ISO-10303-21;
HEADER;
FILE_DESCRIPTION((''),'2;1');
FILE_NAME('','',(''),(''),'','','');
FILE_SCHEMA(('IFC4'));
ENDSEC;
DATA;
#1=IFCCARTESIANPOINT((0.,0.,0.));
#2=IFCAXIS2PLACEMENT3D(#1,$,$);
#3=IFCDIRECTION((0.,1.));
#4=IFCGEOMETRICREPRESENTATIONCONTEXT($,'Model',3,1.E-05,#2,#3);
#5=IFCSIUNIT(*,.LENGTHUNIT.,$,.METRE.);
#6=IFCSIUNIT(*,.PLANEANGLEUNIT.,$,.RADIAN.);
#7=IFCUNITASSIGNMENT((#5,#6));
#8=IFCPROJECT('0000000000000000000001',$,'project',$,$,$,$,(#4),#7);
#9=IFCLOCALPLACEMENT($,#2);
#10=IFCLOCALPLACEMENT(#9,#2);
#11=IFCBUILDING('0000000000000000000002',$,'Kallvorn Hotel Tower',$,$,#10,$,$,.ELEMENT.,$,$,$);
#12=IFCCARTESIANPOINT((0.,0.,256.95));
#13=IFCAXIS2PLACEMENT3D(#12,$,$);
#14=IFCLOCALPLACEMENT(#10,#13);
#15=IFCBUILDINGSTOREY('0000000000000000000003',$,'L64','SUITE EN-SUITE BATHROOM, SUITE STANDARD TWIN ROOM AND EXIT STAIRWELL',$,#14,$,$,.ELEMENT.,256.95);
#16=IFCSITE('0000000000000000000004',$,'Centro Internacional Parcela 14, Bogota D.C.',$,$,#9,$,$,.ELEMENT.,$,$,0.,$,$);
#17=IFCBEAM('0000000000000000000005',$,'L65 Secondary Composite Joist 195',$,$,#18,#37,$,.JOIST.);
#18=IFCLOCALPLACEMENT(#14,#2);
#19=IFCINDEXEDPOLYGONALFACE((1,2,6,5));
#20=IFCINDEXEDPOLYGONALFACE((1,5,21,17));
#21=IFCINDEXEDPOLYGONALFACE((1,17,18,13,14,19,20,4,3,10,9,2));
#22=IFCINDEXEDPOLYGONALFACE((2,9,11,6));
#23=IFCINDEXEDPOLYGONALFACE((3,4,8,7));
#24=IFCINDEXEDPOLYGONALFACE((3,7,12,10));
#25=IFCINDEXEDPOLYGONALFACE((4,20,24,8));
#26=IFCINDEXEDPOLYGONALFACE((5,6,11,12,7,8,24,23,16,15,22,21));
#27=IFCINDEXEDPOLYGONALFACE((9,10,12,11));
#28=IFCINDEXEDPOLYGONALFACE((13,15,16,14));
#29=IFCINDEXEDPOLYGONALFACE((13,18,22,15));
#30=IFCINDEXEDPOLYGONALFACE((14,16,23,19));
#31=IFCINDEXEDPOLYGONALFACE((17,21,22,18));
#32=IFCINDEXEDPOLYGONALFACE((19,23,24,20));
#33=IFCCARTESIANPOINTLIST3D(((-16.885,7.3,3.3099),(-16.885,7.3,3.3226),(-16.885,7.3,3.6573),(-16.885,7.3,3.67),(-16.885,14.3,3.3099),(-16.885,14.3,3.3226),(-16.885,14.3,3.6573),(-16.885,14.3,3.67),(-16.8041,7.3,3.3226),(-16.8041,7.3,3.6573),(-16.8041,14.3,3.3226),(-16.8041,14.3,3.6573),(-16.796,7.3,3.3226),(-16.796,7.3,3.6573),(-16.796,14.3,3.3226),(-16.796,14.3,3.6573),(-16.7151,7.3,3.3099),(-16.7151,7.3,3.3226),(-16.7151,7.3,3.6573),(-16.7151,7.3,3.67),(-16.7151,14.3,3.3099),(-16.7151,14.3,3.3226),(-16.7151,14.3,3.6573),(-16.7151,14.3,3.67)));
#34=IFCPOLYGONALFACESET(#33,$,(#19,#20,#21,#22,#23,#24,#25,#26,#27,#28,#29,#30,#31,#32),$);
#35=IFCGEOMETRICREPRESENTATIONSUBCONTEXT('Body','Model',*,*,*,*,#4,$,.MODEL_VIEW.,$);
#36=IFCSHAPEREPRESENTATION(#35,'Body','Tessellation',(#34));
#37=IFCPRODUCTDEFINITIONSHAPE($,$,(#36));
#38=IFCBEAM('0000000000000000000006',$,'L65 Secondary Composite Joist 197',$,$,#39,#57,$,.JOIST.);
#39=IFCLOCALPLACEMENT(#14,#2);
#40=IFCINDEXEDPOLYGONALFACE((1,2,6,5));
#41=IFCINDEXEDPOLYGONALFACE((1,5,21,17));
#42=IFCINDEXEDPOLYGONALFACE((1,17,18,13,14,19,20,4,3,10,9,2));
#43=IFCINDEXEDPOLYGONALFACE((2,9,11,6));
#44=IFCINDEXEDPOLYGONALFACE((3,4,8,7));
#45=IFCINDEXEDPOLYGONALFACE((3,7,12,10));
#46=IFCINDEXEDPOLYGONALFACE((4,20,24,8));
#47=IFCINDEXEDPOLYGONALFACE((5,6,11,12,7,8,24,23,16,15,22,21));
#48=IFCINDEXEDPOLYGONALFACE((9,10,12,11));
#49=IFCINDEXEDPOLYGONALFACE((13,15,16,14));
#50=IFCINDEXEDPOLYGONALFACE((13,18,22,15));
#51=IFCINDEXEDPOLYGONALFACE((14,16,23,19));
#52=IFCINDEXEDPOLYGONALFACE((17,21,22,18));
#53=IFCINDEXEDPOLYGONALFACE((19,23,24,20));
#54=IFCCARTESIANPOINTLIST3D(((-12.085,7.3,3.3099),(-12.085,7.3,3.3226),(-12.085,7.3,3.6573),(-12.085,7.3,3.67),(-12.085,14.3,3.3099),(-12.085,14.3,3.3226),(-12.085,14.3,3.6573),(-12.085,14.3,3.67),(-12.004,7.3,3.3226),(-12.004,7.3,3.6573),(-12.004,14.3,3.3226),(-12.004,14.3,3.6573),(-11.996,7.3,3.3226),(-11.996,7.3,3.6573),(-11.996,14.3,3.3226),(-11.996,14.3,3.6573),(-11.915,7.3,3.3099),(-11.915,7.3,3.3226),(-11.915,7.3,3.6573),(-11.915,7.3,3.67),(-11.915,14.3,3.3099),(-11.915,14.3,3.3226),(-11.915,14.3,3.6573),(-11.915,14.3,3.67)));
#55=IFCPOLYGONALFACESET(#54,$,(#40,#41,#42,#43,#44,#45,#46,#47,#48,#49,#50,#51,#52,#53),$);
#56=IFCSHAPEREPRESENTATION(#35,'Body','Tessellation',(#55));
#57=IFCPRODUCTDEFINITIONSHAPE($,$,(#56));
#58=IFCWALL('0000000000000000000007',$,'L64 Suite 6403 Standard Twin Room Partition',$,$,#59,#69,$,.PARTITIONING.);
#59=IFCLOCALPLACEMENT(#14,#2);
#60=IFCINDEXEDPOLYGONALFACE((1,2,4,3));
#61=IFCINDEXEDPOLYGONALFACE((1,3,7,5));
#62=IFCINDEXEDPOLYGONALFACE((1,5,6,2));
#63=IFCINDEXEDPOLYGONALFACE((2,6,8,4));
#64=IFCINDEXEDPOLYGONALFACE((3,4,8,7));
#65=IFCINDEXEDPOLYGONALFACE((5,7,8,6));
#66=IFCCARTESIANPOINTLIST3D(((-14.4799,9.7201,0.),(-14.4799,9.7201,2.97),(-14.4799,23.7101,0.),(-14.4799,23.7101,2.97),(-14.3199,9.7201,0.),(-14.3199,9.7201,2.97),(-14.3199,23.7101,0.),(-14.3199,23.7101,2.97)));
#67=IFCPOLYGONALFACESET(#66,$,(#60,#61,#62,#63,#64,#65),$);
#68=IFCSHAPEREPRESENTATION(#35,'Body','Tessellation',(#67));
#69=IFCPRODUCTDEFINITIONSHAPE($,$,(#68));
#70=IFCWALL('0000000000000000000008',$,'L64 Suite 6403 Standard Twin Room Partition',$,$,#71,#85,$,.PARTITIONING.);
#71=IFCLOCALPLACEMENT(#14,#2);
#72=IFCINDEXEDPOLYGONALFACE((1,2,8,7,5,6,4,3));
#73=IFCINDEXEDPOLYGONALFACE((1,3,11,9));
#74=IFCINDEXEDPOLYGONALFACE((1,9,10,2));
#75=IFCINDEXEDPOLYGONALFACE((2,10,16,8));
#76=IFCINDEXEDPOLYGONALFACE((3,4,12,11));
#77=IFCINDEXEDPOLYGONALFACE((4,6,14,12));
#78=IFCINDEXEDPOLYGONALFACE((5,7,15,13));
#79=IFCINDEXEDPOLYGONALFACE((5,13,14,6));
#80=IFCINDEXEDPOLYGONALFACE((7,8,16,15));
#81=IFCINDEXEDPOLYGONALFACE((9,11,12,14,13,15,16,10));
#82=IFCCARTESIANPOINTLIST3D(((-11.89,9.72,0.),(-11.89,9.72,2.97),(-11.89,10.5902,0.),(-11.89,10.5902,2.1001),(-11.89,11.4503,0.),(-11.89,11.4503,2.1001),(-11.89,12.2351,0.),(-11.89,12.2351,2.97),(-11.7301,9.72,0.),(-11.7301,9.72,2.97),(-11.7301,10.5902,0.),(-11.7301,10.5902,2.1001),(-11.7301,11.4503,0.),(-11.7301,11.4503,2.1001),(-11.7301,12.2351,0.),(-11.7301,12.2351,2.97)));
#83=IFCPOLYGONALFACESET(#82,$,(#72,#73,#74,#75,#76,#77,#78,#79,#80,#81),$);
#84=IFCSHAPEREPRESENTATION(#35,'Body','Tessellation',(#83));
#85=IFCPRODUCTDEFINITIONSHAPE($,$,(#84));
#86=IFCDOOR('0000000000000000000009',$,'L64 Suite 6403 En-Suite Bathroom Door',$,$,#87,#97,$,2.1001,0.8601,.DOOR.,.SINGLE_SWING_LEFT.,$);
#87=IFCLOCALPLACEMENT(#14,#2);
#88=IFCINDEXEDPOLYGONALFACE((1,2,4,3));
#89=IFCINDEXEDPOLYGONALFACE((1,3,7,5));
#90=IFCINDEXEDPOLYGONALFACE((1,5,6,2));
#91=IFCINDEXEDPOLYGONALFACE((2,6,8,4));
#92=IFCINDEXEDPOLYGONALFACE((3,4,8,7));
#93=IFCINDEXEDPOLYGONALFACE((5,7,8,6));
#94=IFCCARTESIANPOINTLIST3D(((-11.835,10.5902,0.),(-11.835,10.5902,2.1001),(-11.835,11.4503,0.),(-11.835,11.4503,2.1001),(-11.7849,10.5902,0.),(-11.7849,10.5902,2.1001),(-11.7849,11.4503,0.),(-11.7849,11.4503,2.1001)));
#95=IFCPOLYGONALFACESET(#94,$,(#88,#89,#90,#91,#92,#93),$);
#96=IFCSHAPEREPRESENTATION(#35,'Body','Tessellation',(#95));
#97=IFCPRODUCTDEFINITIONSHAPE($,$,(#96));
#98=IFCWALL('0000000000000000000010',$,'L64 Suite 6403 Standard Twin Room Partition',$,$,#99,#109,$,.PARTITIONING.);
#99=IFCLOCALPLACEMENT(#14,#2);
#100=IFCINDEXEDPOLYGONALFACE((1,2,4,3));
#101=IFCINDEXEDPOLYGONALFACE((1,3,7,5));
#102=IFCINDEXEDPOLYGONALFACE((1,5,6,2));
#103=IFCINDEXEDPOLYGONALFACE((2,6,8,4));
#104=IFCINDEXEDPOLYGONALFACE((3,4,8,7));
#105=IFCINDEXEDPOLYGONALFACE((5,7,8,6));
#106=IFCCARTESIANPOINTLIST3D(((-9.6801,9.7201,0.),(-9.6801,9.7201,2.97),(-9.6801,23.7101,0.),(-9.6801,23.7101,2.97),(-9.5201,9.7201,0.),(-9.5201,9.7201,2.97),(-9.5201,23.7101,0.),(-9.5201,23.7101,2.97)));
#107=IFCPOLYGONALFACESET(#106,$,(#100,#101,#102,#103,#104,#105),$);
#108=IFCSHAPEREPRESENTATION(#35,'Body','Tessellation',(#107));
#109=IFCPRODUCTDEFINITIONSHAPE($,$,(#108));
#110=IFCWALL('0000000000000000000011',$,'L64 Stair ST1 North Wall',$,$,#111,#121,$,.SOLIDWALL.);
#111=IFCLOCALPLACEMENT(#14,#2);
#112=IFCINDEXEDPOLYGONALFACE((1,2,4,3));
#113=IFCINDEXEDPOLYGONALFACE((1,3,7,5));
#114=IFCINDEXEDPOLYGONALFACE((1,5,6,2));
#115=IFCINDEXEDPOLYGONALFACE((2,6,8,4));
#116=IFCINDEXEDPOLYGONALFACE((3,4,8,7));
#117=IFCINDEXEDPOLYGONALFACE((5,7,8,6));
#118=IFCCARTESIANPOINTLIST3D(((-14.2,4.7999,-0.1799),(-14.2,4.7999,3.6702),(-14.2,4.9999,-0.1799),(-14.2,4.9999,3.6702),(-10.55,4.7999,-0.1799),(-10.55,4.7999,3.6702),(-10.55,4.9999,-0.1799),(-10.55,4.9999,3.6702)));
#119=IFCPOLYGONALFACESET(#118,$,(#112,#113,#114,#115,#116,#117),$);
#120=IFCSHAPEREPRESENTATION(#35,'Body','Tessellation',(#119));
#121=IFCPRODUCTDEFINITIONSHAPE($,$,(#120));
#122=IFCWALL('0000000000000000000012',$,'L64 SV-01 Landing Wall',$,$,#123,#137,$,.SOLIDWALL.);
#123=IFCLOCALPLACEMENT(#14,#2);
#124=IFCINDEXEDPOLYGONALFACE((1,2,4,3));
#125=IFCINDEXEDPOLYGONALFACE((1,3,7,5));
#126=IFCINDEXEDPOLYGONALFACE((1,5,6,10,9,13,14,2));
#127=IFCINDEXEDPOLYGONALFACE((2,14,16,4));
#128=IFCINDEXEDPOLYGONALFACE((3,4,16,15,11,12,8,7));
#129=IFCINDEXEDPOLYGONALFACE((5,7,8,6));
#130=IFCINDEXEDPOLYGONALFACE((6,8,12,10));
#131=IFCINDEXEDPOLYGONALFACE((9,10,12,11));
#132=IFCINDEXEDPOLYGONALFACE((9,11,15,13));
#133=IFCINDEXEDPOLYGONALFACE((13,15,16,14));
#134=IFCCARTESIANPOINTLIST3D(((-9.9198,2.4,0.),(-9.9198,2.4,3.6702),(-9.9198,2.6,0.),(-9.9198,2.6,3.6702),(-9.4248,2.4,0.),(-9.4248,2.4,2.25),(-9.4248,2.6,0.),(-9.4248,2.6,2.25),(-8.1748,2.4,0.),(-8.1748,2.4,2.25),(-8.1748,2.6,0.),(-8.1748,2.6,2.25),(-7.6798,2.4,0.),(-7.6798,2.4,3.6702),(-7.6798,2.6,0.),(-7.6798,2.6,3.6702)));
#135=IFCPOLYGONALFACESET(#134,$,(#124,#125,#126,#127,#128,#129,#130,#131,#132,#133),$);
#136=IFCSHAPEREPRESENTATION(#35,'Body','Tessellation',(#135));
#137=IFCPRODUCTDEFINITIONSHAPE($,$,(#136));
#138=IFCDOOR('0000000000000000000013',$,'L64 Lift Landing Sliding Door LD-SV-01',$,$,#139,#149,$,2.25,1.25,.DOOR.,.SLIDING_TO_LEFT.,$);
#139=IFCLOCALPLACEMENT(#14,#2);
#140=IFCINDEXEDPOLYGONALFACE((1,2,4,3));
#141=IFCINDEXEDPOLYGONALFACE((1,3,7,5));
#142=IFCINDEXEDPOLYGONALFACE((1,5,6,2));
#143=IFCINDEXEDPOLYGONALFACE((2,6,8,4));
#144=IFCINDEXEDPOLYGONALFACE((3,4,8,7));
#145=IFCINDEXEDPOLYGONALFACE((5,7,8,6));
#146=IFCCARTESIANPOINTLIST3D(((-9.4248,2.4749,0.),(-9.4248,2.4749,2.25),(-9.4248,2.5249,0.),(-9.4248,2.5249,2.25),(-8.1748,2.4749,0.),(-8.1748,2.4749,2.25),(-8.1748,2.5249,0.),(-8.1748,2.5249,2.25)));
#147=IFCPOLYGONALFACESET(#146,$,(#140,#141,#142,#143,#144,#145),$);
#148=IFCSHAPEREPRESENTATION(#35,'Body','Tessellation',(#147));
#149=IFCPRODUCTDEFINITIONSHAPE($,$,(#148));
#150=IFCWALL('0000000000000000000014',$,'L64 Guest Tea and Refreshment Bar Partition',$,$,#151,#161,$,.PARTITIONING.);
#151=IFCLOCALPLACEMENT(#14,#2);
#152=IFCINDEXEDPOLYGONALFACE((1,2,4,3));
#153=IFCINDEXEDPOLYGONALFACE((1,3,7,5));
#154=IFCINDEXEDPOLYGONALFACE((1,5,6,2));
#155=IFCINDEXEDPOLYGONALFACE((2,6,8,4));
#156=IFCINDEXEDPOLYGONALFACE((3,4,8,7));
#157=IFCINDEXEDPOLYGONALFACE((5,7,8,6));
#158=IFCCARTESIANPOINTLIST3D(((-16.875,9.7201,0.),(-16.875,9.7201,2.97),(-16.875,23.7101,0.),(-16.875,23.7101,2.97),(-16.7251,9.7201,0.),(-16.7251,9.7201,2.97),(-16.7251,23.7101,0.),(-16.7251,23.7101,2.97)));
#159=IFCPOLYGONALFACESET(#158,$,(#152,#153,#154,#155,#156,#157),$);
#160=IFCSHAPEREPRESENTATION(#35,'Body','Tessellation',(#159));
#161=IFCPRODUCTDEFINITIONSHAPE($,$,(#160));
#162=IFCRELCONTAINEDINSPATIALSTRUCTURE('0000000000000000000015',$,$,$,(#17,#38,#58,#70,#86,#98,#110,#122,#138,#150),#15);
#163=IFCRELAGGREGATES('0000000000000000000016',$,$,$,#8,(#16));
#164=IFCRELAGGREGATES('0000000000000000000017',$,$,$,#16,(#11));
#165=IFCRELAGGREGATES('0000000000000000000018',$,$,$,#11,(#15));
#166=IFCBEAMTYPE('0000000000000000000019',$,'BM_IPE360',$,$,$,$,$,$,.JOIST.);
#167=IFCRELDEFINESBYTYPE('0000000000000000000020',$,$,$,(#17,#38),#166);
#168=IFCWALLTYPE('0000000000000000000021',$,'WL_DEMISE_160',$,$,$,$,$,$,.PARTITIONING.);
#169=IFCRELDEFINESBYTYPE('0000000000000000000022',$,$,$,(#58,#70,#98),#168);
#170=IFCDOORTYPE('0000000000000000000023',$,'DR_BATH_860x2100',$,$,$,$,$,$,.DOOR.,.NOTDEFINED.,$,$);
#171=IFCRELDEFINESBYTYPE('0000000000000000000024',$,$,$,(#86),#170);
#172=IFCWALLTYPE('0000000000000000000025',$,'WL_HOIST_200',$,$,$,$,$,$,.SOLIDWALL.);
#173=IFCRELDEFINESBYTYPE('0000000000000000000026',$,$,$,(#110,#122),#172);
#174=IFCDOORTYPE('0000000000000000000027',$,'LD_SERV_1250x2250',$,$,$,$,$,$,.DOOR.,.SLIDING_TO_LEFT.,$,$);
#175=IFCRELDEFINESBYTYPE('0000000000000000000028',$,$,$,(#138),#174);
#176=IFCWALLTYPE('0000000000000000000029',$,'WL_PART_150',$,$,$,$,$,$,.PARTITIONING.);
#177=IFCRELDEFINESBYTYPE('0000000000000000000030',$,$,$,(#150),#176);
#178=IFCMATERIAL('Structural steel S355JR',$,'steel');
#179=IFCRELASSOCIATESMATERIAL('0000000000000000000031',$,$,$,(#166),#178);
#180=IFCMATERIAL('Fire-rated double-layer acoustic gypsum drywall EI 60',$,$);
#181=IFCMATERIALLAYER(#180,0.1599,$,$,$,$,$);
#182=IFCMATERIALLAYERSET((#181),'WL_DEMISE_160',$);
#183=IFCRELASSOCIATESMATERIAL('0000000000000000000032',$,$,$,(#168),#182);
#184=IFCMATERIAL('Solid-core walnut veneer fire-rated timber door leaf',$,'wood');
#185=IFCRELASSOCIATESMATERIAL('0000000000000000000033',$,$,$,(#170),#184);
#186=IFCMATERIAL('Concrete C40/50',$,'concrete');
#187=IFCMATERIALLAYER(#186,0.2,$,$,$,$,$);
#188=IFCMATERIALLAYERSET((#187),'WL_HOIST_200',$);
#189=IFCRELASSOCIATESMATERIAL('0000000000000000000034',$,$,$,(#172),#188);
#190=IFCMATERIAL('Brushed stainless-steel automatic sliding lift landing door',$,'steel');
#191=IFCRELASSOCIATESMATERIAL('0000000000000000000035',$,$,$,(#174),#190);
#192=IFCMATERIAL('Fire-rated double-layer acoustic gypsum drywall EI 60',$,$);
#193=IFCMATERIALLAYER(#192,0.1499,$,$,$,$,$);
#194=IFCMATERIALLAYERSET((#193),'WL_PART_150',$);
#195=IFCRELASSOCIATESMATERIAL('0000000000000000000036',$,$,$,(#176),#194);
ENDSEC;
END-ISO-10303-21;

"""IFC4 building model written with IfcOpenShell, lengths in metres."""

from ifc_helpers import new_model, si_unit, direction, frame, frame_2d, origin, origin_2d, place, context, subcontext, project, spatial, rectangle, i_section, extrude, material, layer, layer_set, material_profile, profile_set, type_object, element, fill, save


model = new_model("IFC4")

# Units and contexts
model_context = context("Model", 3, precision=1e-05, world=origin(), true_north=direction((0.0, 1.0)))
body_context = subcontext(model_context, "Body", "Model", "MODEL_VIEW")
ifc_project = project(units=[si_unit("LENGTHUNIT", "METRE"), si_unit("PLANEANGLEUNIT", "RADIAN")], contexts=[model_context])

# Site, building, storey
site_placement = place(None, origin())
site = spatial("IfcSite", under=ifc_project, at=site_placement, Name="Centro Internacional Parcela 14, Bogota D.C.", CompositionType="ELEMENT", RefElevation=0.0)
building_placement = place(site_placement, origin())
building = spatial("IfcBuilding", under=site, at=building_placement, Name="Kallvorn Hotel Tower", CompositionType="ELEMENT")
storey_placement = place(building_placement, frame((0.0, 0.0, 256.95)))
storey = spatial("IfcBuildingStorey", under=building, at=storey_placement, Name="L64", Description="SUITE EN-SUITE BATHROOM, SUITE STANDARD TWIN ROOM AND EXIT STAIRWELL", CompositionType="ELEMENT", Elevation=256.95)

# Beams
ifc_material_1 = material(Name="Structural steel S355JR", Category="steel")
ifc_material_profile_1 = material_profile(ifc_material_1, i_section(OverallWidth=0.1699, OverallDepth=0.3601, WebThickness=0.0081, FlangeThickness=0.0127, at=origin_2d()), Name="IPE 360")
ifc_profile_set_1 = profile_set([ifc_material_profile_1], Name="Structural steel S355JR")
beam_type_1 = type_object("IfcBeamType", Name="BM_IPE360", PredefinedType="JOIST", material=ifc_profile_set_1)
for number, where, z_axis, x_axis, name in (
    (1, (-16.8, 7.3, 3.49), (0.0, 1.0, 0.0), (-1.0, 0.0, 0.0), "L65 Secondary Composite Joist 195"),
    (2, (-12.0, 7.3, 3.49), (0.0, 1.0, 0.0), (-1.0, 0.0, 0.0), "L65 Secondary Composite Joist 197"),
):
    element("IfcBeam", number, at=place(storey_placement, frame(where, z_axis=z_axis, x_axis=x_axis)), inside=storey, type_object=beam_type_1, Name=name, PredefinedType="JOIST", context=body_context, shape_type="SweptSolid", body=[
        extrude(i_section(OverallWidth=0.1699, OverallDepth=0.3601, WebThickness=0.0081, FlangeThickness=0.0127, at=origin_2d()), origin(), (0.0, 0.0, 1.0), 7.0),
    ])

# Wall
ifc_material_2 = material(Name="Fire-rated double-layer acoustic gypsum drywall EI 60")
ifc_layer_1 = layer(ifc_material_2, 0.1599)
ifc_layer_set_1 = layer_set([ifc_layer_1], Name="WL_DEMISE_160")
wall_type_1 = type_object("IfcWallType", Name="WL_DEMISE_160", PredefinedType="PARTITIONING", material=ifc_layer_set_1)
wall_1_placement = place(storey_placement, frame((-14.3999, 9.72, 0.0), z_axis=(0.0, 0.0, 1.0), x_axis=(0.0, 1.0, 0.0)))
element("IfcWall", 3, at=wall_1_placement, inside=storey, type_object=wall_type_1, Name="L64 Suite 6403 Standard Twin Room Partition", PredefinedType="PARTITIONING", context=body_context, shape_type="SweptSolid", body=[
    extrude(rectangle(XDim=13.99, YDim=0.1599, at=frame_2d((6.9951, 0.0))), origin(), (0.0, 0.0, 1.0), 2.97),
])

# Wall, opening, door
wall_2_placement = place(storey_placement, frame((-11.8101, 9.72, 0.0), z_axis=(0.0, 0.0, 1.0), x_axis=(0.0, 1.0, 0.0)))
wall_2 = element("IfcWall", 4, at=wall_2_placement, inside=storey, type_object=wall_type_1, Name="L64 Suite 6403 Standard Twin Room Partition", PredefinedType="PARTITIONING", context=body_context, shape_type="SweptSolid", body=[
    extrude(rectangle(XDim=2.5151, YDim=0.1599, at=frame_2d((1.2576, 0.0))), origin(), (0.0, 0.0, 1.0), 2.97),
])
opening_1_placement = place(wall_2_placement, frame((0.8701, 0.0, 0.0)))
opening_1 = element("IfcOpeningElement", 5, at=opening_1_placement, cuts=wall_2, PredefinedType="OPENING", context=body_context, shape_type="SweptSolid", body=[
    extrude(rectangle(XDim=0.8601, YDim=2.1001, at=frame_2d((0.4302, 1.05))), frame((0.0, 0.095, 0.0), z_axis=(0.0, -1.0, 0.0), x_axis=(1.0, 0.0, 0.0)), (0.0, 0.0, 1.0), 0.1899),
])
ifc_material_3 = material(Name="Solid-core walnut veneer fire-rated timber door leaf", Category="wood")
door_type_1 = type_object("IfcDoorType", Name="DR_BATH_860x2100", OperationType="NOTDEFINED", PredefinedType="DOOR", material=ifc_material_3)
door_1_placement = place(opening_1_placement, origin())
door_1 = element("IfcDoor", 6, at=door_1_placement, inside=storey, type_object=door_type_1, Name="L64 Suite 6403 En-Suite Bathroom Door", OperationType="SINGLE_SWING_LEFT", OverallHeight=2.1001, OverallWidth=0.8601, PredefinedType="DOOR", context=body_context, shape_type="SweptSolid", body=[
    extrude(rectangle(XDim=0.8601, YDim=2.1001, at=frame_2d((0.4302, 1.05))), frame((0.0, 0.0249, 0.0), z_axis=(0.0, -1.0, 0.0), x_axis=(1.0, 0.0, 0.0)), (0.0, 0.0, 1.0), 0.05),
])
fill(opening_1, door_1)

# Walls
wall_3_placement = place(storey_placement, frame((-9.6001, 9.72, 0.0), z_axis=(0.0, 0.0, 1.0), x_axis=(0.0, 1.0, 0.0)))
element("IfcWall", 7, at=wall_3_placement, inside=storey, type_object=wall_type_1, Name="L64 Suite 6403 Standard Twin Room Partition", PredefinedType="PARTITIONING", context=body_context, shape_type="SweptSolid", body=[
    extrude(rectangle(XDim=13.99, YDim=0.1599, at=frame_2d((6.9951, 0.0))), origin(), (0.0, 0.0, 1.0), 2.97),
])
ifc_material_4 = material(Name="Concrete C40/50", Category="concrete")
ifc_layer_2 = layer(ifc_material_4, 0.2)
ifc_layer_set_2 = layer_set([ifc_layer_2], Name="WL_HOIST_200")
wall_type_2 = type_object("IfcWallType", Name="WL_HOIST_200", PredefinedType="SOLIDWALL", material=ifc_layer_set_2)
wall_4_placement = place(storey_placement, frame((-14.2, 4.8999, -0.1799), z_axis=(0.0, 0.0, 1.0), x_axis=(1.0, 0.0, 0.0)))
element("IfcWall", 8, at=wall_4_placement, inside=storey, type_object=wall_type_2, Name="L64 Stair ST1 North Wall", PredefinedType="SOLIDWALL", context=body_context, shape_type="SweptSolid", body=[
    extrude(rectangle(XDim=3.6499, YDim=0.2, at=frame_2d((1.825, 0.0))), origin(), (0.0, 0.0, 1.0), 3.8501),
])

# Wall, opening, door
wall_5_placement = place(storey_placement, frame((-9.9199, 2.5, 0.0), z_axis=(0.0, 0.0, 1.0), x_axis=(1.0, 0.0, 0.0)))
wall_5 = element("IfcWall", 9, at=wall_5_placement, inside=storey, type_object=wall_type_2, Name="L64 SV-01 Landing Wall", PredefinedType="SOLIDWALL", context=body_context, shape_type="SweptSolid", body=[
    extrude(rectangle(XDim=2.24, YDim=0.2, at=frame_2d((1.1201, 0.0))), origin(), (0.0, 0.0, 1.0), 3.6702),
])
opening_2_placement = place(wall_5_placement, frame((0.4951, 0.0, 0.0)))
opening_2 = element("IfcOpeningElement", 10, at=opening_2_placement, cuts=wall_5, PredefinedType="OPENING", context=body_context, shape_type="SweptSolid", body=[
    extrude(rectangle(XDim=1.25, YDim=2.25, at=frame_2d((0.625, 1.125))), frame((0.0, 0.115, 0.0), z_axis=(0.0, -1.0, 0.0), x_axis=(1.0, 0.0, 0.0)), (0.0, 0.0, 1.0), 0.23),
])
ifc_material_5 = material(Name="Brushed stainless-steel automatic sliding lift landing door", Category="steel")
door_type_2 = type_object("IfcDoorType", Name="LD_SERV_1250x2250", OperationType="SLIDING_TO_LEFT", PredefinedType="DOOR", material=ifc_material_5)
door_2_placement = place(opening_2_placement, origin())
door_2 = element("IfcDoor", 11, at=door_2_placement, inside=storey, type_object=door_type_2, Name="L64 Lift Landing Sliding Door LD-SV-01", OperationType="SLIDING_TO_LEFT", OverallHeight=2.25, OverallWidth=1.25, PredefinedType="DOOR", context=body_context, shape_type="SweptSolid", body=[
    extrude(rectangle(XDim=1.25, YDim=2.25, at=frame_2d((0.625, 1.125))), frame((0.0, 0.0249, 0.0), z_axis=(0.0, -1.0, 0.0), x_axis=(1.0, 0.0, 0.0)), (0.0, 0.0, 1.0), 0.05),
])
fill(opening_2, door_2)

# Wall
ifc_material_6 = material(Name="Fire-rated double-layer acoustic gypsum drywall EI 60")
ifc_layer_3 = layer(ifc_material_6, 0.1499)
ifc_layer_set_3 = layer_set([ifc_layer_3], Name="WL_PART_150")
wall_type_3 = type_object("IfcWallType", Name="WL_PART_150", PredefinedType="PARTITIONING", material=ifc_layer_set_3)
wall_6_placement = place(storey_placement, frame((-16.8, 9.72, 0.0), z_axis=(0.0, 0.0, 1.0), x_axis=(0.0, 1.0, 0.0)))
element("IfcWall", 12, at=wall_6_placement, inside=storey, type_object=wall_type_3, Name="L64 Guest Tea and Refreshment Bar Partition", PredefinedType="PARTITIONING", context=body_context, shape_type="SweptSolid", body=[
    extrude(rectangle(XDim=13.99, YDim=0.1499, at=frame_2d((6.9951, 0.0))), origin(), (0.0, 0.0, 1.0), 2.97),
])

save(model, "model.ifc")
